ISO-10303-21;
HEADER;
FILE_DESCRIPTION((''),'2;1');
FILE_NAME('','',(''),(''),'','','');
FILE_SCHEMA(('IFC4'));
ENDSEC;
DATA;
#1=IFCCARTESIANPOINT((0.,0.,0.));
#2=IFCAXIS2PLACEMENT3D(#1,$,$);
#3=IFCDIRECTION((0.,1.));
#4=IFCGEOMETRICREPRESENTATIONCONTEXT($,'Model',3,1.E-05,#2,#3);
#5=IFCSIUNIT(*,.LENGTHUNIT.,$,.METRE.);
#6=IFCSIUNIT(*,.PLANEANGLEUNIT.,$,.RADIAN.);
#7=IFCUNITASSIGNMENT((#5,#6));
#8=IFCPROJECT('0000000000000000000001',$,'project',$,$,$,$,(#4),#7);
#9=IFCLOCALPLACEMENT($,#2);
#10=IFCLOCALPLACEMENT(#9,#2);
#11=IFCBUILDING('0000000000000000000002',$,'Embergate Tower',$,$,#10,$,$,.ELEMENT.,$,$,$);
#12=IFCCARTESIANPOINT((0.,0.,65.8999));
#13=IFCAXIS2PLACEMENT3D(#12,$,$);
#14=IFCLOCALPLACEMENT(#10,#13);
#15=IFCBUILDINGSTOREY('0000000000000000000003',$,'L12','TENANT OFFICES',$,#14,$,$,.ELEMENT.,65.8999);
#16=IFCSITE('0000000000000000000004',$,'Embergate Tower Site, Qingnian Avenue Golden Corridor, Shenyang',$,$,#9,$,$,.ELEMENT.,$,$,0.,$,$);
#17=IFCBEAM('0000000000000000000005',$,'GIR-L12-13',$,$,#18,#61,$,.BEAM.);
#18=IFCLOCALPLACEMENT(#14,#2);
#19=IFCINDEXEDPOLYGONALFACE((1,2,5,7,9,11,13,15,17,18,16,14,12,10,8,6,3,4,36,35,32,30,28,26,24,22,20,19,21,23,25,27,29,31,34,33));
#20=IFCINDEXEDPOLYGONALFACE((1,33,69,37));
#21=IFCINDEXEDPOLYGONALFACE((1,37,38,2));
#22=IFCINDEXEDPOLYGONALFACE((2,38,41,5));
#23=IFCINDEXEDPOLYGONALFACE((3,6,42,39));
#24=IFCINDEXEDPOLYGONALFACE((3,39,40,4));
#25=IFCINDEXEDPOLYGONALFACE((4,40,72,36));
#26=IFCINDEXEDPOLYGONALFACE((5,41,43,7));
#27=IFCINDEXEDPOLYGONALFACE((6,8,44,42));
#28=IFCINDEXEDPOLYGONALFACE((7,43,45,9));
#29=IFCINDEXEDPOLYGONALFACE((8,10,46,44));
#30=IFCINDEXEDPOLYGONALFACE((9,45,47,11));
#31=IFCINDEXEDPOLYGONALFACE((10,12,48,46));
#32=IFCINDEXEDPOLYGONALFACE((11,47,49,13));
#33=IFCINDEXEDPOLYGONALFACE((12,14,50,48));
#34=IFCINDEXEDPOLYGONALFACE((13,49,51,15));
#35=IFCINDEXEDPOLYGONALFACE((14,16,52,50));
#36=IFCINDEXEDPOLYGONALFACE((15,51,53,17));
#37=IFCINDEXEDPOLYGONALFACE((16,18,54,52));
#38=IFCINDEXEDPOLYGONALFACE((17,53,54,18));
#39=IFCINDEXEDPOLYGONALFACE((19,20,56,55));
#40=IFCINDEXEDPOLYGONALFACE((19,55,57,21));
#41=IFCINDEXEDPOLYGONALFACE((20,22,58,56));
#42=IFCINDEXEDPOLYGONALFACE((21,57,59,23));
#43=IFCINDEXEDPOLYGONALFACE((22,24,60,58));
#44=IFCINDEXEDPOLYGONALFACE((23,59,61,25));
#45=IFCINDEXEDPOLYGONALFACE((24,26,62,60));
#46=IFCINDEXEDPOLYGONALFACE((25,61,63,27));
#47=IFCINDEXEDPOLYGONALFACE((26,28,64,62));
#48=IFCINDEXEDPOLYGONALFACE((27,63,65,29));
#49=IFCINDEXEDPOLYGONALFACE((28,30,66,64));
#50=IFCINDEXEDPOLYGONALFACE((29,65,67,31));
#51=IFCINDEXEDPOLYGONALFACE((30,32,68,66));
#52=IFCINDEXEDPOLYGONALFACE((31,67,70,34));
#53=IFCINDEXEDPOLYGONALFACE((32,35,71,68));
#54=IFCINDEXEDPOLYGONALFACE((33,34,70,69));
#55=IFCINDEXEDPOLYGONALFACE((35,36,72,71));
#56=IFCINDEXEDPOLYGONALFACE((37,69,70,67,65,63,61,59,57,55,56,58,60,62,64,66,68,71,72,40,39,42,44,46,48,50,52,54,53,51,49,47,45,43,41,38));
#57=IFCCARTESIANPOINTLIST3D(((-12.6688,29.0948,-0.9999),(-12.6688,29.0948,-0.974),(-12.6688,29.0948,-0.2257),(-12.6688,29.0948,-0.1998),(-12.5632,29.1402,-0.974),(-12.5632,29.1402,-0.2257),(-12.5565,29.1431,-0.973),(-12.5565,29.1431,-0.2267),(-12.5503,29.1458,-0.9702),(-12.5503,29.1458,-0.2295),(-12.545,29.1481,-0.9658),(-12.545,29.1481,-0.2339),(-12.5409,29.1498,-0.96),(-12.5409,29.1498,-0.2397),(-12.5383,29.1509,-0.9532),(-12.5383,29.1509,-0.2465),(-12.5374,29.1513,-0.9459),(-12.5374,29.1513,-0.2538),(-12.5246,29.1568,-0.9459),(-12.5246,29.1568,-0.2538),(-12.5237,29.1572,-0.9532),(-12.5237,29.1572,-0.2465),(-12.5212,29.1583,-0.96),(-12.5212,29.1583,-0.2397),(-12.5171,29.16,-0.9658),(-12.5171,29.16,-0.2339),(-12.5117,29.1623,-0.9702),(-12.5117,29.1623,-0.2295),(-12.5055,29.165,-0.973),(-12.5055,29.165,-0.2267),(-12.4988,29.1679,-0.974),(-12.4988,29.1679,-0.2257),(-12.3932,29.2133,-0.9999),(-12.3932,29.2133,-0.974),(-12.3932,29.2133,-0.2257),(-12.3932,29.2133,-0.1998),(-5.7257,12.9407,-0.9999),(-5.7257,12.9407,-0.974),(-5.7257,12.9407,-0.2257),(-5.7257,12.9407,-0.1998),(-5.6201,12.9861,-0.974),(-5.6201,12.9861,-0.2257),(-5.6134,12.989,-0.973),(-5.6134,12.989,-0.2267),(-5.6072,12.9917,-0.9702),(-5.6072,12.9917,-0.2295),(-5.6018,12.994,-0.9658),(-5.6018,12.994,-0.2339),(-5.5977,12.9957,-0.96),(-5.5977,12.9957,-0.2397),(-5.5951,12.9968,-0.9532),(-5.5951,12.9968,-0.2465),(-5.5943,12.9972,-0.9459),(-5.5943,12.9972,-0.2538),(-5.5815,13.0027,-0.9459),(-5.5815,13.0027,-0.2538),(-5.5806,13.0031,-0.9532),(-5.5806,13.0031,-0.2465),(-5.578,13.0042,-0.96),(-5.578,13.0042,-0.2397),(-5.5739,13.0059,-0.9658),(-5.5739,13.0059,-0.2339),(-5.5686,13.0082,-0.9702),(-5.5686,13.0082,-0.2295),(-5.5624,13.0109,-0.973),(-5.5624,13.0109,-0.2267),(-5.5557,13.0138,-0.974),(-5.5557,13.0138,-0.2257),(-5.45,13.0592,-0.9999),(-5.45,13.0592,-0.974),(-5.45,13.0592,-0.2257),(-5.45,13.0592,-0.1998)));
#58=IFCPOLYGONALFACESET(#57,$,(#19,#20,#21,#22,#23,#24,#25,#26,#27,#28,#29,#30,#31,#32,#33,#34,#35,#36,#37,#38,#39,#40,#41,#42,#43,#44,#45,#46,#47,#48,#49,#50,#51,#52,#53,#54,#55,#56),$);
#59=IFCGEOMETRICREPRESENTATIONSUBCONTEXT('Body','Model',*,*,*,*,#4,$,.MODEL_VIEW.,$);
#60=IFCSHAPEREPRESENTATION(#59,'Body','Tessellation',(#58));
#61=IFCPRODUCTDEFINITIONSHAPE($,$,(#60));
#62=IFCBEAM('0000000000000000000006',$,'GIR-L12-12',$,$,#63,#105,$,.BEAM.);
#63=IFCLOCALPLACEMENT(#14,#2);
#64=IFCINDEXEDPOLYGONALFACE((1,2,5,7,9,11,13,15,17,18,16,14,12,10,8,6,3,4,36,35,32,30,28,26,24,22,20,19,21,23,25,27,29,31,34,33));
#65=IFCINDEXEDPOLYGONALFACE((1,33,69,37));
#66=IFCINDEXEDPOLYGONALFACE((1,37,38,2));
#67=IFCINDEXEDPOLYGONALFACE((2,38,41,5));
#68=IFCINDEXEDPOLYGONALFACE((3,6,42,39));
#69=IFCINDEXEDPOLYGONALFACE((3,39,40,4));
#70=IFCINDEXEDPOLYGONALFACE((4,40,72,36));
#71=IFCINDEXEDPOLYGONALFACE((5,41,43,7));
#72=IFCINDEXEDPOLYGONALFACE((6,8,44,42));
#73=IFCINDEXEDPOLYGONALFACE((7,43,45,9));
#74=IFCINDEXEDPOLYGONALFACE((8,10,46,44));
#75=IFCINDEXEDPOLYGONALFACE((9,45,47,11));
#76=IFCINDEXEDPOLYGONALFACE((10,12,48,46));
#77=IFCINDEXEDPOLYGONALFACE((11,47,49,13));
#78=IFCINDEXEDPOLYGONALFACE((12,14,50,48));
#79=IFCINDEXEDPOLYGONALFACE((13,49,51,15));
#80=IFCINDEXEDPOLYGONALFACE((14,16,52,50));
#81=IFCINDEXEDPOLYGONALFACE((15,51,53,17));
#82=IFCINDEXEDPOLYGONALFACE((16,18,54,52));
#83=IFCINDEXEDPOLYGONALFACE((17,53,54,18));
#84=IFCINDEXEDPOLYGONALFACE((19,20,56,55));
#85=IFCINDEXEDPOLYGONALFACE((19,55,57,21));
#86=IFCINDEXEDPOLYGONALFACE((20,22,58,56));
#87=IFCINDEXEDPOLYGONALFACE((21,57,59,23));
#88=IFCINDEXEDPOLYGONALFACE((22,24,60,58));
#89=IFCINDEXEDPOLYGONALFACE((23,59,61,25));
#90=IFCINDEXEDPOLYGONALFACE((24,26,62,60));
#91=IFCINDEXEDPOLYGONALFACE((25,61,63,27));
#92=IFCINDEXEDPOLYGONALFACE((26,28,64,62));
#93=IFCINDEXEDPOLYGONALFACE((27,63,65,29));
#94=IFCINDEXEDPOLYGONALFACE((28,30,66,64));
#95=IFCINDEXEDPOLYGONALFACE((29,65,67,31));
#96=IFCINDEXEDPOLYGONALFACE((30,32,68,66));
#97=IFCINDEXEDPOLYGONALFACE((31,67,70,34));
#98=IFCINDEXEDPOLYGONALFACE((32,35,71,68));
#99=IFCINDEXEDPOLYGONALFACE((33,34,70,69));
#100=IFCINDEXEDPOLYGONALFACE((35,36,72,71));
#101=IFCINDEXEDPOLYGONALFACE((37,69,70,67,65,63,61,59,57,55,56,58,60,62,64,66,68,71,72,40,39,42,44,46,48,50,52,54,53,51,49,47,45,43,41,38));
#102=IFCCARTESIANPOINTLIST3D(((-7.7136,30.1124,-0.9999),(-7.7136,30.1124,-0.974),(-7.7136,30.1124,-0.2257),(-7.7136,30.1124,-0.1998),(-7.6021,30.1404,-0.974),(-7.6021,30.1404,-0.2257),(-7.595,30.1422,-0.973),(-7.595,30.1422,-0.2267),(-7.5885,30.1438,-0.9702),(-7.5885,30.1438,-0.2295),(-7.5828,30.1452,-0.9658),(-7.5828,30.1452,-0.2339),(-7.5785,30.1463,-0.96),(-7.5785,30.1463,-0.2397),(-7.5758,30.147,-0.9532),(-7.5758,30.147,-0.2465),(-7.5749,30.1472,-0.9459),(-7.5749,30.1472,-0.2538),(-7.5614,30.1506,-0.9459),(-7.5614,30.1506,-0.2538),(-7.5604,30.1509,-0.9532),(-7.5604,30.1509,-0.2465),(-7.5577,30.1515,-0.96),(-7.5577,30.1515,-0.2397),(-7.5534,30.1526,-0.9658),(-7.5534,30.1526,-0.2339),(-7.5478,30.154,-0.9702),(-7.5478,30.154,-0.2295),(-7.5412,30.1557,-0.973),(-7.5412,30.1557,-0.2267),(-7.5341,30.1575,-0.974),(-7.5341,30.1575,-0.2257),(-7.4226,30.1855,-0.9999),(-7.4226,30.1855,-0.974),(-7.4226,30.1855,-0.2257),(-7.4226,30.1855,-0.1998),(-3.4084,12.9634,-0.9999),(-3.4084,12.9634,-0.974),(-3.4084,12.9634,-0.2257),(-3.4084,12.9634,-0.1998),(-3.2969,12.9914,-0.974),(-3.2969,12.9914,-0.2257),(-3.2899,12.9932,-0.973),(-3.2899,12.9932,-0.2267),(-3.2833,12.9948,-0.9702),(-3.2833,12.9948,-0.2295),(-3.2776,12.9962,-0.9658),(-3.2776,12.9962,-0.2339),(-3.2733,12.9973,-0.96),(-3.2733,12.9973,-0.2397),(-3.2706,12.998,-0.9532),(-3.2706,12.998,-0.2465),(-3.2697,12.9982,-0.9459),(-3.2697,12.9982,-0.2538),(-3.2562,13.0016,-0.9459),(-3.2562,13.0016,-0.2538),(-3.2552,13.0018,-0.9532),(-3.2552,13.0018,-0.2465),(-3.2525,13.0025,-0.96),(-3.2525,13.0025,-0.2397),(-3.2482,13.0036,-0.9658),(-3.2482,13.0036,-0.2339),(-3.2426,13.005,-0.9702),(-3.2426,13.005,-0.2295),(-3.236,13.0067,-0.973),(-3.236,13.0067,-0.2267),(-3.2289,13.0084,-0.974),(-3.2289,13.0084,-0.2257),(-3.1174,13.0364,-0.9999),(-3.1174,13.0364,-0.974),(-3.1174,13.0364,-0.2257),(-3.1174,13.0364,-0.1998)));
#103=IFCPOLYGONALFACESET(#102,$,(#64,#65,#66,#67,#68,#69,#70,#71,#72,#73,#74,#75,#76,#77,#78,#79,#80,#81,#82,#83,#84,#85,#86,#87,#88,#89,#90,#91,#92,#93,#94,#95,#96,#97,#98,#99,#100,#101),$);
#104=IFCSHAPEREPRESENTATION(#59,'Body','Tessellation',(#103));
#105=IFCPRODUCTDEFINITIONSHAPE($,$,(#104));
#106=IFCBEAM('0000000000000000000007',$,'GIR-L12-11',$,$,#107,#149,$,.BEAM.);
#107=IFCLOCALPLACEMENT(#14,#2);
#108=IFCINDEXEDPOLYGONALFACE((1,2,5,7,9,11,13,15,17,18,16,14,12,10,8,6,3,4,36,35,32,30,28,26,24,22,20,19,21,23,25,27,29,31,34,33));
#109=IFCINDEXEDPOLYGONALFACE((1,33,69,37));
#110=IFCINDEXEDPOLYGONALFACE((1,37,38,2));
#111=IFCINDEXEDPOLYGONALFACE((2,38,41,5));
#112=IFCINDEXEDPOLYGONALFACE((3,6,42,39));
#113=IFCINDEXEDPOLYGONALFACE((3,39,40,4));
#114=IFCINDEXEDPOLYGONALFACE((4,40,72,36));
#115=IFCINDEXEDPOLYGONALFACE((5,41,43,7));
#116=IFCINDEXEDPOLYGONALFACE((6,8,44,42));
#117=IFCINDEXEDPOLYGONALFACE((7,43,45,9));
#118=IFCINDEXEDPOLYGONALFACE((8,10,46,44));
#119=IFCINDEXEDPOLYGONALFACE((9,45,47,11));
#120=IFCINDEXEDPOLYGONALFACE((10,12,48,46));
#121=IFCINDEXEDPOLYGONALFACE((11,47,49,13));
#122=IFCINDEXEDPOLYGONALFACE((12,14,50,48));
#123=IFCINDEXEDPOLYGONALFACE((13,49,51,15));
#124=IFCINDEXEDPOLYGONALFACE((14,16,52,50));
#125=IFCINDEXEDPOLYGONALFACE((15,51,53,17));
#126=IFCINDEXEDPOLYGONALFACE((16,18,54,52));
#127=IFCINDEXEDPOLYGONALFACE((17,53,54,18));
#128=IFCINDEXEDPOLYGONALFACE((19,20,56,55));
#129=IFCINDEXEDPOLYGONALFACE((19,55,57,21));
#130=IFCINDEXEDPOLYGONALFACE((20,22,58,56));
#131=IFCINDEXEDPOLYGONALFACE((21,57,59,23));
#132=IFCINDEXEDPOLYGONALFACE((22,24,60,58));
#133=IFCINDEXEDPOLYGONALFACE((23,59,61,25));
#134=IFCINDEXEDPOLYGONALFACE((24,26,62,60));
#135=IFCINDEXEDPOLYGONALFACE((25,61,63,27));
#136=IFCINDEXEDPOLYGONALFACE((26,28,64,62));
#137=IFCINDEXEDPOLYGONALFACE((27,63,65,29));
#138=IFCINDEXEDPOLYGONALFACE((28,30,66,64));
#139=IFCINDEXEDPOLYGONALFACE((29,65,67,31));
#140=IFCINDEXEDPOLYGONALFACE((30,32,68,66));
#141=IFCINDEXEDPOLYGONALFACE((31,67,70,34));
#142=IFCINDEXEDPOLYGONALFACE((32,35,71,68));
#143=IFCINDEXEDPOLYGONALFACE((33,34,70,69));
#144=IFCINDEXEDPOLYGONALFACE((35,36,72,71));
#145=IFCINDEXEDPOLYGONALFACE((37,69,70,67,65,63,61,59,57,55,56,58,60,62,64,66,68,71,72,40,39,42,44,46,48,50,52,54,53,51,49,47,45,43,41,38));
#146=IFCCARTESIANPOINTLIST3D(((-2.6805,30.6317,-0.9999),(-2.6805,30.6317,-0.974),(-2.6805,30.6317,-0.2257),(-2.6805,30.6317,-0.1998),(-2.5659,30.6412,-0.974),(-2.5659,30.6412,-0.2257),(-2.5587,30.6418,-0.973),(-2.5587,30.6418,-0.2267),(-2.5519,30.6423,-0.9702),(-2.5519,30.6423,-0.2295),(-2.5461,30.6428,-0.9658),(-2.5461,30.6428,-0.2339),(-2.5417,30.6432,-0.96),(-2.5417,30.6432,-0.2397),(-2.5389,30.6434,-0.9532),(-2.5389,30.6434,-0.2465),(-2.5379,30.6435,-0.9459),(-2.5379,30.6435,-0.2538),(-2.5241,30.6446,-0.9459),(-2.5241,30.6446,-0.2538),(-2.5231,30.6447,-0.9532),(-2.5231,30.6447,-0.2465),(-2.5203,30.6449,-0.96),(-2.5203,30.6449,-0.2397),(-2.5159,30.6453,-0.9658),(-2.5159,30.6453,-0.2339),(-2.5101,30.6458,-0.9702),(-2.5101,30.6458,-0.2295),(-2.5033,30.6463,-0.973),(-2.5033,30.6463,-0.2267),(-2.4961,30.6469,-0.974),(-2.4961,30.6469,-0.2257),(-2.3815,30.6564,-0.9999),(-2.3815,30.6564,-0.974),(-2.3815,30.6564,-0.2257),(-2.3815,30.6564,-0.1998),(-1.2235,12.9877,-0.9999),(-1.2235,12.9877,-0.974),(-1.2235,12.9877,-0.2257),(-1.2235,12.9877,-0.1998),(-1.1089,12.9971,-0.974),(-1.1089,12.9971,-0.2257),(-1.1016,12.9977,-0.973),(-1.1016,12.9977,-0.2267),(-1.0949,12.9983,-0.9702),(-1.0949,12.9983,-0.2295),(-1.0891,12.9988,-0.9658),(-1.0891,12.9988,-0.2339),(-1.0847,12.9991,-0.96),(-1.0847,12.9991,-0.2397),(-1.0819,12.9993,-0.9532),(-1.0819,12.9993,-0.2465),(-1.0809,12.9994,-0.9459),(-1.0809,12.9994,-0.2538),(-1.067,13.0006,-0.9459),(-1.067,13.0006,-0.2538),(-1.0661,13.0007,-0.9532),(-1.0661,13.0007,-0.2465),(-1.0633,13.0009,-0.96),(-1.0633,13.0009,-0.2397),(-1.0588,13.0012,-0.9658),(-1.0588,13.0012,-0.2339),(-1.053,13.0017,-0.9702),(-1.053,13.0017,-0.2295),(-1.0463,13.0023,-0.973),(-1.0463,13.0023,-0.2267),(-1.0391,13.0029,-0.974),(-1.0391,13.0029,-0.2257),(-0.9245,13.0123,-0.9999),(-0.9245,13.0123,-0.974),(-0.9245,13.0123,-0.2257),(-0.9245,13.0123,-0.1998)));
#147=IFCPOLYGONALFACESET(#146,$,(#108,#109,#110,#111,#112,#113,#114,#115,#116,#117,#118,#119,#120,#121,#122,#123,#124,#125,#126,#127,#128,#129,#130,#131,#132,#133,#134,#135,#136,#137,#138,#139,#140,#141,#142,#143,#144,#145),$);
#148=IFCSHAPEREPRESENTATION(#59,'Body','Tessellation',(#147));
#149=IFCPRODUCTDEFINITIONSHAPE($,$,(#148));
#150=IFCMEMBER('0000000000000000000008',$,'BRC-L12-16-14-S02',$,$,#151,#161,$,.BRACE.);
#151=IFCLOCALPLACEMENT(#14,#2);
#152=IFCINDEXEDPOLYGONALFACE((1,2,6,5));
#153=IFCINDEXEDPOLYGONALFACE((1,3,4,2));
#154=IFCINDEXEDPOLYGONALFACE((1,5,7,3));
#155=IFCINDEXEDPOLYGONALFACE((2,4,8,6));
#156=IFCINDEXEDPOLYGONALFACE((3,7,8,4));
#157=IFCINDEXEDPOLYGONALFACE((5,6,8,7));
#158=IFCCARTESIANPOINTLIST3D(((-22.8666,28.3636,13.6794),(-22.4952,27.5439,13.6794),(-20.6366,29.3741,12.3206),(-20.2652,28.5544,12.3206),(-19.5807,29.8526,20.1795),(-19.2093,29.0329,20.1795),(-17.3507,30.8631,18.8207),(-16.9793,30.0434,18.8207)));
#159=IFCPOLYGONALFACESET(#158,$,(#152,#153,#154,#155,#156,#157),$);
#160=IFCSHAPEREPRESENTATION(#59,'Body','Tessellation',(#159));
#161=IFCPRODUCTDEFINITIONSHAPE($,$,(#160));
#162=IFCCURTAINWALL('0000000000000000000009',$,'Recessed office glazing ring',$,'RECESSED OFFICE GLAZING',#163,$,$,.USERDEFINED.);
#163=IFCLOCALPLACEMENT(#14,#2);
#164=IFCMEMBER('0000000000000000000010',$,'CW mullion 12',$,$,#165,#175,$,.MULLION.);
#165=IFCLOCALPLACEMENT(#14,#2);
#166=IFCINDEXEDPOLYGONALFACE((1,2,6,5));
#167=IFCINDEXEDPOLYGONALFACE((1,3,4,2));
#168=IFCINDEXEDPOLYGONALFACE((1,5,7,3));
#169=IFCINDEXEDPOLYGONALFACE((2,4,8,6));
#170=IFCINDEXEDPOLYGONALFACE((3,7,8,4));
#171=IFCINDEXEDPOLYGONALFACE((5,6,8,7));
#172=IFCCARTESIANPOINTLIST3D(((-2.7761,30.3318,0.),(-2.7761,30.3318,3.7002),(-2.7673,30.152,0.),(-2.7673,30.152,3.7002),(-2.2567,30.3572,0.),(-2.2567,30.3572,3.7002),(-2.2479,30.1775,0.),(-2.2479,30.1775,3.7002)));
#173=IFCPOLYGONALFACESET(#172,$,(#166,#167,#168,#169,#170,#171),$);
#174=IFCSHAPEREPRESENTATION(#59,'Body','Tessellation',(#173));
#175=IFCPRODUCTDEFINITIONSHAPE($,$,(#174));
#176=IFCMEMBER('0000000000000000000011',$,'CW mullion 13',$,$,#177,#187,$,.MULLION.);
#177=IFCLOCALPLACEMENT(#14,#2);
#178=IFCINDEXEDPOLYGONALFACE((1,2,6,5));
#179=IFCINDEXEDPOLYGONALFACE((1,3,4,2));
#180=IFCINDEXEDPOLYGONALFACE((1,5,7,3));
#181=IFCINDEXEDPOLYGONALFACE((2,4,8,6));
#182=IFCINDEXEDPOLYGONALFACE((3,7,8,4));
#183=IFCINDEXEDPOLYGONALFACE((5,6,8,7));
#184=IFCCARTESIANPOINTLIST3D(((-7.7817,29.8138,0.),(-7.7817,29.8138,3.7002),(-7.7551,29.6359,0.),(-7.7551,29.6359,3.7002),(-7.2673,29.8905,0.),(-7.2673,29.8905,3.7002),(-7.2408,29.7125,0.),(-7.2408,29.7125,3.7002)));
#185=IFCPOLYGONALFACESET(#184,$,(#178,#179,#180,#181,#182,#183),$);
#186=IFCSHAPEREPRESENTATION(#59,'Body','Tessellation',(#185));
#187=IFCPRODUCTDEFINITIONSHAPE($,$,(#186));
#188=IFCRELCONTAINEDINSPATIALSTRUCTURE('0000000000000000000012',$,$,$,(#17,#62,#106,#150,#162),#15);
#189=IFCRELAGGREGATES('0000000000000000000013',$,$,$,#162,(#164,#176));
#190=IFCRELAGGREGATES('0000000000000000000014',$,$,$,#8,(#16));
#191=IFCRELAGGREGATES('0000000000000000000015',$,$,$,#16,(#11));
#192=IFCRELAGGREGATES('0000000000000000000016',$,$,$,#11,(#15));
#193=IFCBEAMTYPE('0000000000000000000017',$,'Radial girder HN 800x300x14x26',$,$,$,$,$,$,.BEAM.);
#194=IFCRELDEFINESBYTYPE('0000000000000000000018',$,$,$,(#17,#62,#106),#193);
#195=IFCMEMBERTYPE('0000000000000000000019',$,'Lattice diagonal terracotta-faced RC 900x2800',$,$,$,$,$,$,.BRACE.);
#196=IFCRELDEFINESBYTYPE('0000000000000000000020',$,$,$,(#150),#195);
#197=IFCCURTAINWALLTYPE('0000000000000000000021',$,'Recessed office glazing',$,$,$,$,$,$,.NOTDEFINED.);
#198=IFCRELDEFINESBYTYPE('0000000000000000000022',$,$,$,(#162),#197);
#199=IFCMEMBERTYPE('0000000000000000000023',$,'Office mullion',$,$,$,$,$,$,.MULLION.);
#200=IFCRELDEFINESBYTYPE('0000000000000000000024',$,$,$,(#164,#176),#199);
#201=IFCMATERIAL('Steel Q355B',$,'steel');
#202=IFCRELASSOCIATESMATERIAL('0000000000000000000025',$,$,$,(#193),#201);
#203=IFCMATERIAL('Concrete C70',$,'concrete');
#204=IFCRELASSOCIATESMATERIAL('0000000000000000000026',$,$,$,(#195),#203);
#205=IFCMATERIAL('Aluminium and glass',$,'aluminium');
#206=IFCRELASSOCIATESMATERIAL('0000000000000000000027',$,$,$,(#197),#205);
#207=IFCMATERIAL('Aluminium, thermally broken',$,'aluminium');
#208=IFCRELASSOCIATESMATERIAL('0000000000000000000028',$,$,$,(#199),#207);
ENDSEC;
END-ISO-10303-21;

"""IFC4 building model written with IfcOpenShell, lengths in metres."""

from ifc_helpers import new_model, si_unit, direction, frame, origin, origin_2d, place, context, subcontext, project, spatial, rectangle, i_section, extrude, source, transform, mapped, material, material_profile, profile_set, type_object, element, aggregate, save


model = new_model("IFC4")

# Units and contexts
model_context = context("Model", 3, precision=1e-05, world=origin(), true_north=direction((0.0, 1.0)))
body_context = subcontext(model_context, "Body", "Model", "MODEL_VIEW")
ifc_project = project(units=[si_unit("LENGTHUNIT", "METRE"), si_unit("PLANEANGLEUNIT", "RADIAN")], contexts=[model_context])

# Site, building, storey
site_placement = place(None, origin())
site = spatial("IfcSite", under=ifc_project, at=site_placement, Name="Embergate Tower Site, Qingnian Avenue Golden Corridor, Shenyang", CompositionType="ELEMENT", RefElevation=0.0)
building_placement = place(site_placement, origin())
building = spatial("IfcBuilding", under=site, at=building_placement, Name="Embergate Tower", CompositionType="ELEMENT")
storey_placement = place(building_placement, frame((0.0, 0.0, 65.8999)))
storey = spatial("IfcBuildingStorey", under=building, at=storey_placement, Name="L12", Description="TENANT OFFICES", CompositionType="ELEMENT", Elevation=65.8999)

# Shared definitions
ifc_material_1 = material(Name="Concrete C70", Category="concrete")

# Beams
ifc_material_2 = material(Name="Steel Q355B", Category="steel")
ifc_material_profile_1 = material_profile(ifc_material_2, i_section(OverallWidth=0.3, OverallDepth=0.8, WebThickness=0.0139, FlangeThickness=0.0259, FilletRadius=0.0281, at=origin_2d()), Name="HN 800x300x14x26")
ifc_profile_set_1 = profile_set([ifc_material_profile_1], Name="Steel Q355 grade B")
beam_type_1 = type_object("IfcBeamType", Name="Radial girder HN 800x300x14x26", PredefinedType="BEAM", material=ifc_profile_set_1)
shared_shape_1 = source(origin(), body_context, "Body", "SweptSolid", [
    extrude(i_section(OverallWidth=0.3, OverallDepth=0.8, WebThickness=0.0139, FlangeThickness=0.0259, FilletRadius=0.0281, at=origin_2d()), origin(), (0.0, 0.0, 1.0), 17.583),
])
beam_1_placement = place(storey_placement, frame((-12.531, 29.1541, -0.5999), z_axis=(0.394878, -0.918734, 0.0), x_axis=(0.918734, 0.394878, 0.0)))
element("IfcBeam", 1, at=beam_1_placement, inside=storey, type_object=beam_type_1, Name="GIR-L12-13", PredefinedType="BEAM", context=body_context, shape_type="MappedRepresentation", body=[
    mapped(shared_shape_1, transform((0.0, 0.0, 0.0))),
])
shared_shape_2 = source(origin(), body_context, "Body", "SweptSolid", [
    extrude(i_section(OverallWidth=0.3, OverallDepth=0.8, WebThickness=0.0139, FlangeThickness=0.0259, FilletRadius=0.0281, at=origin_2d()), origin(), (0.0, 0.0, 1.0), 17.6812),
])
beam_2_placement = place(storey_placement, frame((-7.5681, 30.1489, -0.5999), z_axis=(0.243491, -0.969903, 0.0), x_axis=(0.969903, 0.243491, 0.0)))
element("IfcBeam", 2, at=beam_2_placement, inside=storey, type_object=beam_type_1, Name="GIR-L12-12", PredefinedType="BEAM", context=body_context, shape_type="MappedRepresentation", body=[
    mapped(shared_shape_2, transform((0.0, 0.0, 0.0))),
])
shared_shape_3 = source(origin(), body_context, "Body", "SweptSolid", [
    extrude(i_section(OverallWidth=0.3, OverallDepth=0.8, WebThickness=0.0139, FlangeThickness=0.0259, FilletRadius=0.0281, at=origin_2d()), origin(), (0.0, 0.0, 1.0), 17.7041),
])
beam_3_placement = place(storey_placement, frame((-2.531, 30.644, -0.5999), z_axis=(0.082299, -0.996608, 0.0), x_axis=(0.996608, 0.082299, 0.0)))
element("IfcBeam", 3, at=beam_3_placement, inside=storey, type_object=beam_type_1, Name="GIR-L12-11", PredefinedType="BEAM", context=body_context, shape_type="MappedRepresentation", body=[
    mapped(shared_shape_3, transform((0.0, 0.0, 0.0))),
])

# Member
ifc_material_profile_2 = material_profile(ifc_material_1, rectangle(XDim=0.8999, YDim=2.8, at=origin_2d()), Name="RC 900x2800")
ifc_profile_set_2 = profile_set([ifc_material_profile_2], Name="Concrete C70")
member_type_1 = type_object("IfcMemberType", Name="Lattice diagonal terracotta-faced RC 900x2800", PredefinedType="BRACE", material=ifc_profile_set_2)
shared_shape_4 = source(origin(), body_context, "Body", "SweptSolid", [
    extrude(rectangle(XDim=0.8999, YDim=2.8, at=origin_2d()), origin(), (0.0, 0.0, 1.0), 7.4341),
])
member_1_placement = place(storey_placement, frame((-21.5659, 28.459, 13.0), z_axis=(0.442009, 0.200298, 0.874362), x_axis=(-0.412752, 0.910843, 0.0)))
element("IfcMember", 4, at=member_1_placement, inside=storey, type_object=member_type_1, Name="BRC-L12-16-14-S02", PredefinedType="BRACE", context=body_context, shape_type="MappedRepresentation", body=[
    mapped(shared_shape_4, transform((0.0, 0.0, 0.0))),
])

# Curtain wall, members
ifc_material_3 = material(Name="Aluminium and glass", Category="aluminium")
curtain_wall_type = type_object("IfcCurtainWallType", Name="Recessed office glazing", PredefinedType="NOTDEFINED", material=ifc_material_3)
curtain_wall_placement = place(storey_placement, origin())
curtain_wall = element("IfcCurtainWall", 5, at=curtain_wall_placement, inside=storey, type_object=curtain_wall_type, Name="Recessed office glazing ring", ObjectType="RECESSED OFFICE GLAZING", PredefinedType="USERDEFINED")
ifc_material_4 = material(Name="Aluminium, thermally broken", Category="aluminium")
ifc_material_profile_3 = material_profile(ifc_material_4, rectangle(XDim=0.1799, YDim=0.52, at=origin_2d()), Name="AL 520x180")
ifc_profile_set_3 = profile_set([ifc_material_profile_3], Name="Aluminium, thermally broken")
member_type_2 = type_object("IfcMemberType", Name="Office mullion", PredefinedType="MULLION", material=ifc_profile_set_3)
shared_shape_5 = source(origin(), body_context, "Body", "SweptSolid", [
    extrude(rectangle(XDim=0.1799, YDim=0.52, at=origin_2d()), origin(), (0.0, 0.0, 1.0), 3.7002),
])
member_2_placement = place(storey_placement, frame((-2.512, 30.2546, 0.0), z_axis=(0.0, 0.0, 1.0), x_axis=(0.048972, -0.9988, 0.0)))
member_2 = element("IfcMember", 6, at=member_2_placement, type_object=member_type_2, Name="CW mullion 12", PredefinedType="MULLION", context=body_context, shape_type="MappedRepresentation", body=[
    mapped(shared_shape_5, transform((0.0, 0.0, 0.0))),
])
member_3_placement = place(storey_placement, frame((-7.5112, 29.7632, 0.0), z_axis=(0.0, 0.0, 1.0), x_axis=(0.147416, -0.989075, 0.0)))
member_3 = element("IfcMember", 7, at=member_3_placement, type_object=member_type_2, Name="CW mullion 13", PredefinedType="MULLION", context=body_context, shape_type="MappedRepresentation", body=[
    mapped(shared_shape_5, transform((0.0, 0.0, 0.0))),
])
aggregate(curtain_wall, [member_2, member_3])

save(model, "model.ifc")
